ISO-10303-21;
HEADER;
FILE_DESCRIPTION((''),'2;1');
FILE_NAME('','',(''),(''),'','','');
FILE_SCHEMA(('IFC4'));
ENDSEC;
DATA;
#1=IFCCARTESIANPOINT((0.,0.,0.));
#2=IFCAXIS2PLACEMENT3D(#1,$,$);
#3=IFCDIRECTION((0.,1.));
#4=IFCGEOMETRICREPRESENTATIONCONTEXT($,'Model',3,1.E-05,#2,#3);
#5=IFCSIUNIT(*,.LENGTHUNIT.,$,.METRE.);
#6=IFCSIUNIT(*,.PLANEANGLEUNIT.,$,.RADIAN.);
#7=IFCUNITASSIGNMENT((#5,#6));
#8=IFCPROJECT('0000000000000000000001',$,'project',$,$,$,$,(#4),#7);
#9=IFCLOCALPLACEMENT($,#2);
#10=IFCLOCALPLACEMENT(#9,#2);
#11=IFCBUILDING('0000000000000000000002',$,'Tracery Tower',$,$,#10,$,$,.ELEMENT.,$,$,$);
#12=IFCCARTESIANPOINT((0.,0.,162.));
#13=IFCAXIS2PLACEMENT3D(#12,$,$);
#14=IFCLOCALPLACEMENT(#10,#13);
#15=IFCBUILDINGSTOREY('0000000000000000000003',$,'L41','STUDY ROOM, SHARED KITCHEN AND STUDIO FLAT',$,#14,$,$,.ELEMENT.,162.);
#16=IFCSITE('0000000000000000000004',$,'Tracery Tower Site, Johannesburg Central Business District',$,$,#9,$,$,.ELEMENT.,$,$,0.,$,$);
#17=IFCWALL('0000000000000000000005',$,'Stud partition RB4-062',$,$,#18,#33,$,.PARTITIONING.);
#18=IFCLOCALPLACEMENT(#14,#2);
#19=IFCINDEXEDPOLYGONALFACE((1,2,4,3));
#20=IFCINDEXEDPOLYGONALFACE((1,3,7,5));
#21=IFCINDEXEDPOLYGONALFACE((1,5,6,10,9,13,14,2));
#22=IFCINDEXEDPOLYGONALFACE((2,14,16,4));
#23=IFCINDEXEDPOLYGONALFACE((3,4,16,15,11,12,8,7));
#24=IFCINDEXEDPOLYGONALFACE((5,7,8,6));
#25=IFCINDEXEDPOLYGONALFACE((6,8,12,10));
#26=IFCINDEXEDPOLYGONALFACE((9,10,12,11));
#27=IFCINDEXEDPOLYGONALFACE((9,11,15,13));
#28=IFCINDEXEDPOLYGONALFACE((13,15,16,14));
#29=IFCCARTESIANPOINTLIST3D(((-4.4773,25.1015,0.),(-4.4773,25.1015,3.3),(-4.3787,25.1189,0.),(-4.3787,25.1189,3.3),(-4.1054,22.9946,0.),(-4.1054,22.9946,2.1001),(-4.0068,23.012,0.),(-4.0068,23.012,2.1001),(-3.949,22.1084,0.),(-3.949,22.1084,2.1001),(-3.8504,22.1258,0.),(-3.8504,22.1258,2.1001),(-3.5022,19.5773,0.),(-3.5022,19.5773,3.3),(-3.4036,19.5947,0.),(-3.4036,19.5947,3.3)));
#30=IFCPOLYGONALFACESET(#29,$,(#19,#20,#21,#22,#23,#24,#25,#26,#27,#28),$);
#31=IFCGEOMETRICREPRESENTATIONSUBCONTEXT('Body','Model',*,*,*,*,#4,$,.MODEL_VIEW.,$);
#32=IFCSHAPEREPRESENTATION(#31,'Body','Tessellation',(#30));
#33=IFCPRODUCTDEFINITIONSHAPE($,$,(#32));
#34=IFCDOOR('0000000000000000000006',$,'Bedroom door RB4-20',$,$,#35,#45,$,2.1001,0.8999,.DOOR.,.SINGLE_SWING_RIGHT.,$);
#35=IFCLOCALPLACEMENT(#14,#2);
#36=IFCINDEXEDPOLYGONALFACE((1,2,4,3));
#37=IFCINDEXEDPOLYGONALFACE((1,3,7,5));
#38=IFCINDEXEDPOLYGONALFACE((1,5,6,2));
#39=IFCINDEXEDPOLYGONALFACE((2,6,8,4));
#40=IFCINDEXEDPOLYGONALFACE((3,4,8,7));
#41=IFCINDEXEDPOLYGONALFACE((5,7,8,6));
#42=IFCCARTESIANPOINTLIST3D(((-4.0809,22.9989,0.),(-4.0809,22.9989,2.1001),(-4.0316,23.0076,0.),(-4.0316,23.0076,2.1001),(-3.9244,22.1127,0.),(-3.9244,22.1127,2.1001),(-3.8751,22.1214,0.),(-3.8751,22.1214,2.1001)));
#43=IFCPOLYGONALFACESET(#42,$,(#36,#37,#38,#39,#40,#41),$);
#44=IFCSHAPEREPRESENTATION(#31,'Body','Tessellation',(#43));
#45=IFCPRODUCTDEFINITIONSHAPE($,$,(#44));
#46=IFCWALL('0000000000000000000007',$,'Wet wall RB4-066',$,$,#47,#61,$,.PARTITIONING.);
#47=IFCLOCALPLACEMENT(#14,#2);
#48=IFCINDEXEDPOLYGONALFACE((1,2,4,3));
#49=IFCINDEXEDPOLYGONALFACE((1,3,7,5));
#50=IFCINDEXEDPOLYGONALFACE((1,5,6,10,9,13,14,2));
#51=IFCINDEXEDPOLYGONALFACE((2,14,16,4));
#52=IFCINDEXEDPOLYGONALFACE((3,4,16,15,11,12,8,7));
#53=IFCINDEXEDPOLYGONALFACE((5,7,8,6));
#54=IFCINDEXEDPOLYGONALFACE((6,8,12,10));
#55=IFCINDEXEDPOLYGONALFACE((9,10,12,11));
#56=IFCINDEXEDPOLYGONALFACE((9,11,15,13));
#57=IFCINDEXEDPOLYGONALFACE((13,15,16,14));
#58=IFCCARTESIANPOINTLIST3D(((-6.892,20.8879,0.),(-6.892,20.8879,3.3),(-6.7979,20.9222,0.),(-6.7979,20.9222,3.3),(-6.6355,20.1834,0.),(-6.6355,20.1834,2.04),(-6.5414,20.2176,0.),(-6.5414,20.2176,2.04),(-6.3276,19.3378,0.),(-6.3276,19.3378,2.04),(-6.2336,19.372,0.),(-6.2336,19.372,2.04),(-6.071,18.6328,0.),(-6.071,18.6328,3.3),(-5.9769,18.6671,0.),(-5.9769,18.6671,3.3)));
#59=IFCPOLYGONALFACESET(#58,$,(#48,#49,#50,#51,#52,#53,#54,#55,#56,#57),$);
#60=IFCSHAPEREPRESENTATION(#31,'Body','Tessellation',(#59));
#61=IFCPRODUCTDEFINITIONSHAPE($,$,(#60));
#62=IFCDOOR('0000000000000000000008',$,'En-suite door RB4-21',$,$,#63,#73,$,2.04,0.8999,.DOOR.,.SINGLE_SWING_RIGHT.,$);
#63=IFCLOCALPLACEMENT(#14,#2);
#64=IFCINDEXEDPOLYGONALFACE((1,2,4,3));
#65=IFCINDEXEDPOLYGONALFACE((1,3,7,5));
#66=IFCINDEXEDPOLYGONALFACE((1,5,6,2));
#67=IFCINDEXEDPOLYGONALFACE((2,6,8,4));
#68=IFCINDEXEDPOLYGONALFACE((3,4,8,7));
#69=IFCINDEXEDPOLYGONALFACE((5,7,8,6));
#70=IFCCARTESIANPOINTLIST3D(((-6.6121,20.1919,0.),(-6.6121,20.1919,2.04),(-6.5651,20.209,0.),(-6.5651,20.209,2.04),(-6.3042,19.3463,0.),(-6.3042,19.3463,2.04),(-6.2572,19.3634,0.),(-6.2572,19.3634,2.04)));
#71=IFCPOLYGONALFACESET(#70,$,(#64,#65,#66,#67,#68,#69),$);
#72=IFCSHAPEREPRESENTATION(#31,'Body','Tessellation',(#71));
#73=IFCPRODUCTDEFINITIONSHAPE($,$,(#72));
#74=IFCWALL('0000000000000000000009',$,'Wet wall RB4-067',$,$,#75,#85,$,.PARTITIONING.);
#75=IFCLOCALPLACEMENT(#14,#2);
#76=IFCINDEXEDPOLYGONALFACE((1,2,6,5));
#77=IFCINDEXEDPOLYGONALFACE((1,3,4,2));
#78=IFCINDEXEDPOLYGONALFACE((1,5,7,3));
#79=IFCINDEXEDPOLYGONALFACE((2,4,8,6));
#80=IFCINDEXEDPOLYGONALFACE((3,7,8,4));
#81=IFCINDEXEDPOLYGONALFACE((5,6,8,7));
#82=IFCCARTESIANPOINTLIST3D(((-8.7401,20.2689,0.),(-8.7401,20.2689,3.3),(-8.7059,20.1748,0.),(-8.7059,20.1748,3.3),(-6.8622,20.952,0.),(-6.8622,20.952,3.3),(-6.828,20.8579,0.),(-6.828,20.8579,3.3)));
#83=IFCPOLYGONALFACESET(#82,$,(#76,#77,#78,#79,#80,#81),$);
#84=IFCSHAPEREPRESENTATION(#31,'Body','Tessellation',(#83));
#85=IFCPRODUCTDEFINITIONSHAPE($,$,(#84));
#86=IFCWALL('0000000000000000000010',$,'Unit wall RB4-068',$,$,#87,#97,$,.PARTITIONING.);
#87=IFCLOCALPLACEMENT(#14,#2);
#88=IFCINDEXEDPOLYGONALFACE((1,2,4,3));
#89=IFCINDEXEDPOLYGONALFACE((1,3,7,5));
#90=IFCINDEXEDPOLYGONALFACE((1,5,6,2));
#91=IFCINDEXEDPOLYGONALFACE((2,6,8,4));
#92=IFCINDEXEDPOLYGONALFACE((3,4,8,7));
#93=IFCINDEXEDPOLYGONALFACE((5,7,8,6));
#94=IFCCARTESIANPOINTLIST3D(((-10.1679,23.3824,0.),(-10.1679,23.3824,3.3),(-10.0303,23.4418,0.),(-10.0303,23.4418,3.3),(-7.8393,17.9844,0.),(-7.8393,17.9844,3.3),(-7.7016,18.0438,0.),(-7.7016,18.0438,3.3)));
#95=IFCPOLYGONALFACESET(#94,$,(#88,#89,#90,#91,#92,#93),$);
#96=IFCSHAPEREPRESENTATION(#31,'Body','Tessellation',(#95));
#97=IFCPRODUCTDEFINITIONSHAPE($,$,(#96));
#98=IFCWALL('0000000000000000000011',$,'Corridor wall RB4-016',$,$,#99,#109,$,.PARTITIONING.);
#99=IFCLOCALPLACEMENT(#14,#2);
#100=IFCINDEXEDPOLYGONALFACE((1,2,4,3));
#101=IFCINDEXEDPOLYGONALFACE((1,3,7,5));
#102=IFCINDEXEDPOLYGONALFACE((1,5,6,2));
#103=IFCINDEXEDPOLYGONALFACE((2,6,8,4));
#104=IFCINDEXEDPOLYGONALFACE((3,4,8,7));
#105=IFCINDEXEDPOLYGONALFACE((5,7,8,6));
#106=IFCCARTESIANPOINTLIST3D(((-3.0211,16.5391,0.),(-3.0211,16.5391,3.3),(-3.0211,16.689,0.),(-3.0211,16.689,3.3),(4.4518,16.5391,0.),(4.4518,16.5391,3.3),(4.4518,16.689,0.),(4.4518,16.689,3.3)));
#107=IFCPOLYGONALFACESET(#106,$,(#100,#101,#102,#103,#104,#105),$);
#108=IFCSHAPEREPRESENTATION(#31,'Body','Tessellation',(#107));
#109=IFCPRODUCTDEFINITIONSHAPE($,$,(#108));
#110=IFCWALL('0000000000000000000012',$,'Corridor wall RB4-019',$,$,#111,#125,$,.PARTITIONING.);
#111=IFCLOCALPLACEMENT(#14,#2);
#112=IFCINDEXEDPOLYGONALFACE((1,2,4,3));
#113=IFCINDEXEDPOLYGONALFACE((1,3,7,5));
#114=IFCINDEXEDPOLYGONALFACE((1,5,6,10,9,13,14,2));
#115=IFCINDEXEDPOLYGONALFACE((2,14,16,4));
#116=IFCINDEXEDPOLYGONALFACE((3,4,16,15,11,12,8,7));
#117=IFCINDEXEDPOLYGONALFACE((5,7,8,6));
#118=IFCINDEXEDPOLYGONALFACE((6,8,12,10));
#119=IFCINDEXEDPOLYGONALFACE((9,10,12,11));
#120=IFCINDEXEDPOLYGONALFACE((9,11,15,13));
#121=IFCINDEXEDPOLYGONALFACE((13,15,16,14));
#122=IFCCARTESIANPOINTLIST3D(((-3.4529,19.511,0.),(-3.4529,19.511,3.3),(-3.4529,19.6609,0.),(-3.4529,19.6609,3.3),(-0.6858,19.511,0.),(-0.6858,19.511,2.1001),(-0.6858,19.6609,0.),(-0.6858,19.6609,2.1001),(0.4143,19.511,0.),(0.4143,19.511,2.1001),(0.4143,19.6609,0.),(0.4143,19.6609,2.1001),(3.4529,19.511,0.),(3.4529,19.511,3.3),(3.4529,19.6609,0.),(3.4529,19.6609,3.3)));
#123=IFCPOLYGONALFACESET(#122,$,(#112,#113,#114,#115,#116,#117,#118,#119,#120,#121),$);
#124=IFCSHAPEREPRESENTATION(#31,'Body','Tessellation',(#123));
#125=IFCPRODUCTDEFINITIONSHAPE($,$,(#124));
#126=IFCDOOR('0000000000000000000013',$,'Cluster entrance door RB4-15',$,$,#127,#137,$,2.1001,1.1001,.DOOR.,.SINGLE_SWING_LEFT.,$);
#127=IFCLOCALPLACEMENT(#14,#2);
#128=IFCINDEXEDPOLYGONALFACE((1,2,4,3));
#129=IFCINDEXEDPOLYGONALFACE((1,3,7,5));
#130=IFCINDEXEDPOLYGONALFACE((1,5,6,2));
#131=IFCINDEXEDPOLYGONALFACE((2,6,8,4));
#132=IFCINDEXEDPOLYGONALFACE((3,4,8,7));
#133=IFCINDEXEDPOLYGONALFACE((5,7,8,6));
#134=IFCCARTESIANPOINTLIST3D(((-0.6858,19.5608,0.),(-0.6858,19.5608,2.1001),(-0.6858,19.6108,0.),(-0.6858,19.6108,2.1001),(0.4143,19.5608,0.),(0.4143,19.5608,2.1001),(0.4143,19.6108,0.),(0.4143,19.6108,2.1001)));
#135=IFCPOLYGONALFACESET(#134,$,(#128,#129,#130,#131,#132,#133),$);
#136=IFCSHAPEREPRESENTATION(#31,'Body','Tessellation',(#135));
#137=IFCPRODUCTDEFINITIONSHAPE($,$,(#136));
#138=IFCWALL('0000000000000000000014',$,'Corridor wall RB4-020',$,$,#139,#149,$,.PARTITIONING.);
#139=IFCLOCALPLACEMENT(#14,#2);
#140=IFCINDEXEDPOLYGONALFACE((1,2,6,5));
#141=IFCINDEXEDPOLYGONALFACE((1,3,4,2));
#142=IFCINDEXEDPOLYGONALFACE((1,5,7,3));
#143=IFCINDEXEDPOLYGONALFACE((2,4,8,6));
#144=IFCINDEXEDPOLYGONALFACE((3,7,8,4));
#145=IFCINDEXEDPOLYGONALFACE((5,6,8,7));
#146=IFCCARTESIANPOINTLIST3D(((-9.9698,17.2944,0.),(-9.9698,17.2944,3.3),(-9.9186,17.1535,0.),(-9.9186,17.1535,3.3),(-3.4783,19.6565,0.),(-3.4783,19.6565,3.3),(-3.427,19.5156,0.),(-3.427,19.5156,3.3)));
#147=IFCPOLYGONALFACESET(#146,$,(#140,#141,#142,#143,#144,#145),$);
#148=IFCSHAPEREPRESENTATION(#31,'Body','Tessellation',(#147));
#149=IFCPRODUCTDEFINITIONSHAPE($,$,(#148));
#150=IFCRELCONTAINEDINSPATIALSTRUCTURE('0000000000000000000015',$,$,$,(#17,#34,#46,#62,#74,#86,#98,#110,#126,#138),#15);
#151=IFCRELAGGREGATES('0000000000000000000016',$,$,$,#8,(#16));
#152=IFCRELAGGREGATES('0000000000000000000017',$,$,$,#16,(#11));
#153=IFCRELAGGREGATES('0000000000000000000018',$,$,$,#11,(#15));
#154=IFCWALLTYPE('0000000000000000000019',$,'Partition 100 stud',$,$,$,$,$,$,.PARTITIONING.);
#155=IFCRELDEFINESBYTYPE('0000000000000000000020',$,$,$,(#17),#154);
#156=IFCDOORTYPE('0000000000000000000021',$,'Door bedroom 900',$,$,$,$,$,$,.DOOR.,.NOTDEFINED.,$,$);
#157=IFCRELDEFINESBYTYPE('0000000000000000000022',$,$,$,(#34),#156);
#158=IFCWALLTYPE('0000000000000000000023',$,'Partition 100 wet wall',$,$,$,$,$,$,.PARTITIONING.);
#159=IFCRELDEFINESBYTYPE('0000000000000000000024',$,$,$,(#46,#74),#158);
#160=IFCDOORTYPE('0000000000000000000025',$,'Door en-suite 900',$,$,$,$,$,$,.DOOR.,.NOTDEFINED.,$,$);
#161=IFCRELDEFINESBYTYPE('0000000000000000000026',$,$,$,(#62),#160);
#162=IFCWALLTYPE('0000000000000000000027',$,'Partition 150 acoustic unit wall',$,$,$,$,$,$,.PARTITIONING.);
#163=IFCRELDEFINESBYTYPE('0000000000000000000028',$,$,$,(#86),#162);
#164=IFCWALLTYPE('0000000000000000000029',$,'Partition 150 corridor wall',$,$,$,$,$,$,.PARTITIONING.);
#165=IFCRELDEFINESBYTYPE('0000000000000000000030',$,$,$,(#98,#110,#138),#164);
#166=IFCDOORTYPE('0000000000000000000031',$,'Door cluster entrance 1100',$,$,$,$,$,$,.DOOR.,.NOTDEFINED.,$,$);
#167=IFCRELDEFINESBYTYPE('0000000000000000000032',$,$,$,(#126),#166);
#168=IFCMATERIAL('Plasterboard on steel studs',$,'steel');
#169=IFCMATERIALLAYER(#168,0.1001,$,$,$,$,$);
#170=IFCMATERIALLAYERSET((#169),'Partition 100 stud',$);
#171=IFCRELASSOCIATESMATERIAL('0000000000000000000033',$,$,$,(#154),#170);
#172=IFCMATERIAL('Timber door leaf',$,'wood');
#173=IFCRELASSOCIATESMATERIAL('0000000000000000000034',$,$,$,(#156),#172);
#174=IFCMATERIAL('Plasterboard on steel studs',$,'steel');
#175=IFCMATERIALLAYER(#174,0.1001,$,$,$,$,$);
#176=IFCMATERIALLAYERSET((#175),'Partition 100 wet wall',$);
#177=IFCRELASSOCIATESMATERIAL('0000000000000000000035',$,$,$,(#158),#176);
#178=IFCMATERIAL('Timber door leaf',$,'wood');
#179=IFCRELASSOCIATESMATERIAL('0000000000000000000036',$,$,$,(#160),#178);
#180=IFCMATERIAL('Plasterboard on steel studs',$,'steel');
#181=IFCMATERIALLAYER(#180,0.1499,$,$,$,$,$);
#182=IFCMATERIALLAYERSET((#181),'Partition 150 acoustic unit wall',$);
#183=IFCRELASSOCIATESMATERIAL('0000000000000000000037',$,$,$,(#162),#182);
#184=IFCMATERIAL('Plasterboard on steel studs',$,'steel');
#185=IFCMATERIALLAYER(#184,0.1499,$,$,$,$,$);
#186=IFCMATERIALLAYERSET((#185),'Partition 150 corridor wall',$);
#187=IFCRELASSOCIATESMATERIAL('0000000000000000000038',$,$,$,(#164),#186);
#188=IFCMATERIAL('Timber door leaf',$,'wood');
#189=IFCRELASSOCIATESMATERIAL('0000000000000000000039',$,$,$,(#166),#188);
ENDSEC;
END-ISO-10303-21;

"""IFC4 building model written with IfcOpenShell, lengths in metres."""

from ifc_helpers import new_model, si_unit, direction, frame, frame_2d, origin, place, context, subcontext, project, spatial, rectangle, extrude, material, layer, layer_set, type_object, element, fill, save


model = new_model("IFC4")

# Units and contexts
model_context = context("Model", 3, precision=1e-05, world=origin(), true_north=direction((0.0, 1.0)))
body_context = subcontext(model_context, "Body", "Model", "MODEL_VIEW")
ifc_project = project(units=[si_unit("LENGTHUNIT", "METRE"), si_unit("PLANEANGLEUNIT", "RADIAN")], contexts=[model_context])

# Site, building, storey
site_placement = place(None, origin())
site = spatial("IfcSite", under=ifc_project, at=site_placement, Name="Tracery Tower Site, Johannesburg Central Business District", CompositionType="ELEMENT", RefElevation=0.0)
building_placement = place(site_placement, origin())
building = spatial("IfcBuilding", under=site, at=building_placement, Name="Tracery Tower", CompositionType="ELEMENT")
storey_placement = place(building_placement, frame((0.0, 0.0, 162.0)))
storey = spatial("IfcBuildingStorey", under=building, at=storey_placement, Name="L41", Description="STUDY ROOM, SHARED KITCHEN AND STUDIO FLAT", CompositionType="ELEMENT", Elevation=162.0)

# Walls, openings, doors
ifc_material_1 = material(Name="Plasterboard on steel studs", Category="steel")
ifc_layer_1 = layer(ifc_material_1, 0.1001)
ifc_layer_set_1 = layer_set([ifc_layer_1], Name="Partition 100 stud")
wall_type_1 = type_object("IfcWallType", Name="Partition 100 stud", PredefinedType="PARTITIONING", material=ifc_layer_set_1)
wall_1_placement = place(storey_placement, frame((-4.428, 25.1101, 0.0), z_axis=(0.0, 0.0, 1.0), x_axis=(0.173828, -0.984776, 0.0)))
wall_1 = element("IfcWall", 1, at=wall_1_placement, inside=storey, type_object=wall_type_1, Name="Stud partition RB4-062", PredefinedType="PARTITIONING", context=body_context, shape_type="SweptSolid", body=[
    extrude(rectangle(XDim=5.6096, YDim=0.1001, at=frame_2d((2.8047, 0.0))), origin(), (0.0, 0.0, 1.0), 3.3),
])
opening_1_placement = place(wall_1_placement, frame((2.1394, 0.0, 0.0)))
opening_1 = element("IfcOpeningElement", 2, at=opening_1_placement, cuts=wall_1, PredefinedType="OPENING", context=body_context, shape_type="SweptSolid", body=[
    extrude(rectangle(XDim=0.8999, YDim=2.1001, at=frame_2d((0.45, 1.05))), frame((0.0, 0.05, 0.0), z_axis=(0.0, -1.0, 0.0), x_axis=(1.0, 0.0, 0.0)), (0.0, 0.0, 1.0), 0.1001),
])
ifc_material_2 = material(Name="Timber door leaf", Category="wood")
door_type_1 = type_object("IfcDoorType", Name="Door bedroom 900", OperationType="NOTDEFINED", PredefinedType="DOOR", material=ifc_material_2)
door_1_placement = place(opening_1_placement, origin())
door_1 = element("IfcDoor", 3, at=door_1_placement, inside=storey, type_object=door_type_1, Name="Bedroom door RB4-20", OperationType="SINGLE_SWING_RIGHT", OverallHeight=2.1001, OverallWidth=0.8999, PredefinedType="DOOR", context=body_context, shape_type="SweptSolid", body=[
    extrude(rectangle(XDim=0.8999, YDim=2.1001, at=frame_2d((0.45, 1.05))), frame((0.0, 0.0249, 0.0), z_axis=(0.0, -1.0, 0.0), x_axis=(1.0, 0.0, 0.0)), (0.0, 0.0, 1.0), 0.05),
])
fill(opening_1, door_1)
ifc_material_3 = material(Name="Plasterboard on steel studs", Category="steel")
ifc_layer_2 = layer(ifc_material_3, 0.1001)
ifc_layer_set_2 = layer_set([ifc_layer_2], Name="Partition 100 wet wall")
wall_type_2 = type_object("IfcWallType", Name="Partition 100 wet wall", PredefinedType="PARTITIONING", material=ifc_layer_set_2)
wall_2_placement = place(storey_placement, frame((-6.845, 20.905, 0.0), z_axis=(0.0, 0.0, 1.0), x_axis=(0.342111, -0.93966, 0.0)))
wall_2 = element("IfcWall", 4, at=wall_2_placement, inside=storey, type_object=wall_type_2, Name="Wet wall RB4-066", PredefinedType="PARTITIONING", context=body_context, shape_type="SweptSolid", body=[
    extrude(rectangle(XDim=2.3999, YDim=0.1001, at=frame_2d((1.2, 0.0))), origin(), (0.0, 0.0, 1.0), 3.3),
])
opening_2_placement = place(wall_2_placement, frame((0.7498, 0.0, 0.0)))
opening_2 = element("IfcOpeningElement", 5, at=opening_2_placement, cuts=wall_2, PredefinedType="OPENING", context=body_context, shape_type="SweptSolid", body=[
    extrude(rectangle(XDim=0.8999, YDim=2.04, at=frame_2d((0.45, 1.02))), frame((0.0, 0.05, 0.0), z_axis=(0.0, -1.0, 0.0), x_axis=(1.0, 0.0, 0.0)), (0.0, 0.0, 1.0), 0.1001),
])
ifc_material_4 = material(Name="Timber door leaf", Category="wood")
door_type_2 = type_object("IfcDoorType", Name="Door en-suite 900", OperationType="NOTDEFINED", PredefinedType="DOOR", material=ifc_material_4)
door_2_placement = place(opening_2_placement, origin())
door_2 = element("IfcDoor", 6, at=door_2_placement, inside=storey, type_object=door_type_2, Name="En-suite door RB4-21", OperationType="SINGLE_SWING_RIGHT", OverallHeight=2.04, OverallWidth=0.8999, PredefinedType="DOOR", context=body_context, shape_type="SweptSolid", body=[
    extrude(rectangle(XDim=0.8999, YDim=2.04, at=frame_2d((0.45, 1.02))), frame((0.0, 0.0249, 0.0), z_axis=(0.0, -1.0, 0.0), x_axis=(1.0, 0.0, 0.0)), (0.0, 0.0, 1.0), 0.05),
])
fill(opening_2, door_2)

# Walls
wall_3_placement = place(storey_placement, frame((-8.7229, 20.2219, 0.0), z_axis=(0.0, 0.0, 1.0), x_axis=(0.939758, 0.341841, 0.0)))
element("IfcWall", 7, at=wall_3_placement, inside=storey, type_object=wall_type_2, Name="Wet wall RB4-067", PredefinedType="PARTITIONING", context=body_context, shape_type="SweptSolid", body=[
    extrude(rectangle(XDim=1.9983, YDim=0.1001, at=frame_2d((0.999, 0.0))), origin(), (0.0, 0.0, 1.0), 3.3),
])
ifc_material_5 = material(Name="Plasterboard on steel studs", Category="steel")
ifc_layer_3 = layer(ifc_material_5, 0.1499)
ifc_layer_set_3 = layer_set([ifc_layer_3], Name="Partition 150 acoustic unit wall")
wall_type_3 = type_object("IfcWallType", Name="Partition 150 acoustic unit wall", PredefinedType="PARTITIONING", material=ifc_layer_set_3)
wall_4_placement = place(storey_placement, frame((-10.0991, 23.4121, 0.0), z_axis=(0.0, 0.0, 1.0), x_axis=(0.396103, -0.918206, 0.0)))
element("IfcWall", 8, at=wall_4_placement, inside=storey, type_object=wall_type_3, Name="Unit wall RB4-068", PredefinedType="PARTITIONING", context=body_context, shape_type="SweptSolid", body=[
    extrude(rectangle(XDim=5.8789, YDim=0.1499, at=frame_2d((2.9395, 0.0))), origin(), (0.0, 0.0, 1.0), 3.3),
])
ifc_material_6 = material(Name="Plasterboard on steel studs", Category="steel")
ifc_layer_4 = layer(ifc_material_6, 0.1499)
ifc_layer_set_4 = layer_set([ifc_layer_4], Name="Partition 150 corridor wall")
wall_type_4 = type_object("IfcWallType", Name="Partition 150 corridor wall", PredefinedType="PARTITIONING", material=ifc_layer_set_4)
wall_5_placement = place(storey_placement, frame((-3.021, 16.614, 0.0), z_axis=(0.0, 0.0, 1.0), x_axis=(1.0, 0.0, 0.0)))
element("IfcWall", 9, at=wall_5_placement, inside=storey, type_object=wall_type_4, Name="Corridor wall RB4-016", PredefinedType="PARTITIONING", context=body_context, shape_type="SweptSolid", body=[
    extrude(rectangle(XDim=7.4729, YDim=0.1499, at=frame_2d((3.7363, 0.0))), origin(), (0.0, 0.0, 1.0), 3.3),
])

# Wall, opening, door
wall_6_placement = place(storey_placement, frame((-3.4529, 19.5859, 0.0), z_axis=(0.0, 0.0, 1.0), x_axis=(1.0, 0.0, 0.0)))
wall_6 = element("IfcWall", 10, at=wall_6_placement, inside=storey, type_object=wall_type_4, Name="Corridor wall RB4-019", PredefinedType="PARTITIONING", context=body_context, shape_type="SweptSolid", body=[
    extrude(rectangle(XDim=6.9058, YDim=0.1499, at=frame_2d((3.4529, 0.0))), origin(), (0.0, 0.0, 1.0), 3.3),
])
opening_3_placement = place(wall_6_placement, frame((2.7671, 0.0, 0.0)))
opening_3 = element("IfcOpeningElement", 11, at=opening_3_placement, cuts=wall_6, PredefinedType="OPENING", context=body_context, shape_type="SweptSolid", body=[
    extrude(rectangle(XDim=1.1001, YDim=2.1001, at=frame_2d((0.55, 1.05))), frame((0.0, 0.075, 0.0), z_axis=(0.0, -1.0, 0.0), x_axis=(1.0, 0.0, 0.0)), (0.0, 0.0, 1.0), 0.1499),
])
ifc_material_7 = material(Name="Timber door leaf", Category="wood")
door_type_3 = type_object("IfcDoorType", Name="Door cluster entrance 1100", OperationType="NOTDEFINED", PredefinedType="DOOR", material=ifc_material_7)
door_3_placement = place(opening_3_placement, origin())
door_3 = element("IfcDoor", 12, at=door_3_placement, inside=storey, type_object=door_type_3, Name="Cluster entrance door RB4-15", OperationType="SINGLE_SWING_LEFT", OverallHeight=2.1001, OverallWidth=1.1001, PredefinedType="DOOR", context=body_context, shape_type="SweptSolid", body=[
    extrude(rectangle(XDim=1.1001, YDim=2.1001, at=frame_2d((0.55, 1.05))), frame((0.0, 0.0249, 0.0), z_axis=(0.0, -1.0, 0.0), x_axis=(1.0, 0.0, 0.0)), (0.0, 0.0, 1.0), 0.05),
])
fill(opening_3, door_3)

# Wall
wall_7_placement = place(storey_placement, frame((-9.9443, 17.2239, 0.0), z_axis=(0.0, 0.0, 1.0), x_axis=(0.939722, 0.341939, 0.0)))
element("IfcWall", 13, at=wall_7_placement, inside=storey, type_object=wall_type_4, Name="Corridor wall RB4-020", PredefinedType="PARTITIONING", context=body_context, shape_type="SweptSolid", body=[
    extrude(rectangle(XDim=6.908, YDim=0.1499, at=frame_2d((3.4541, 0.0))), origin(), (0.0, 0.0, 1.0), 3.3),
])

save(model, "model.ifc")
